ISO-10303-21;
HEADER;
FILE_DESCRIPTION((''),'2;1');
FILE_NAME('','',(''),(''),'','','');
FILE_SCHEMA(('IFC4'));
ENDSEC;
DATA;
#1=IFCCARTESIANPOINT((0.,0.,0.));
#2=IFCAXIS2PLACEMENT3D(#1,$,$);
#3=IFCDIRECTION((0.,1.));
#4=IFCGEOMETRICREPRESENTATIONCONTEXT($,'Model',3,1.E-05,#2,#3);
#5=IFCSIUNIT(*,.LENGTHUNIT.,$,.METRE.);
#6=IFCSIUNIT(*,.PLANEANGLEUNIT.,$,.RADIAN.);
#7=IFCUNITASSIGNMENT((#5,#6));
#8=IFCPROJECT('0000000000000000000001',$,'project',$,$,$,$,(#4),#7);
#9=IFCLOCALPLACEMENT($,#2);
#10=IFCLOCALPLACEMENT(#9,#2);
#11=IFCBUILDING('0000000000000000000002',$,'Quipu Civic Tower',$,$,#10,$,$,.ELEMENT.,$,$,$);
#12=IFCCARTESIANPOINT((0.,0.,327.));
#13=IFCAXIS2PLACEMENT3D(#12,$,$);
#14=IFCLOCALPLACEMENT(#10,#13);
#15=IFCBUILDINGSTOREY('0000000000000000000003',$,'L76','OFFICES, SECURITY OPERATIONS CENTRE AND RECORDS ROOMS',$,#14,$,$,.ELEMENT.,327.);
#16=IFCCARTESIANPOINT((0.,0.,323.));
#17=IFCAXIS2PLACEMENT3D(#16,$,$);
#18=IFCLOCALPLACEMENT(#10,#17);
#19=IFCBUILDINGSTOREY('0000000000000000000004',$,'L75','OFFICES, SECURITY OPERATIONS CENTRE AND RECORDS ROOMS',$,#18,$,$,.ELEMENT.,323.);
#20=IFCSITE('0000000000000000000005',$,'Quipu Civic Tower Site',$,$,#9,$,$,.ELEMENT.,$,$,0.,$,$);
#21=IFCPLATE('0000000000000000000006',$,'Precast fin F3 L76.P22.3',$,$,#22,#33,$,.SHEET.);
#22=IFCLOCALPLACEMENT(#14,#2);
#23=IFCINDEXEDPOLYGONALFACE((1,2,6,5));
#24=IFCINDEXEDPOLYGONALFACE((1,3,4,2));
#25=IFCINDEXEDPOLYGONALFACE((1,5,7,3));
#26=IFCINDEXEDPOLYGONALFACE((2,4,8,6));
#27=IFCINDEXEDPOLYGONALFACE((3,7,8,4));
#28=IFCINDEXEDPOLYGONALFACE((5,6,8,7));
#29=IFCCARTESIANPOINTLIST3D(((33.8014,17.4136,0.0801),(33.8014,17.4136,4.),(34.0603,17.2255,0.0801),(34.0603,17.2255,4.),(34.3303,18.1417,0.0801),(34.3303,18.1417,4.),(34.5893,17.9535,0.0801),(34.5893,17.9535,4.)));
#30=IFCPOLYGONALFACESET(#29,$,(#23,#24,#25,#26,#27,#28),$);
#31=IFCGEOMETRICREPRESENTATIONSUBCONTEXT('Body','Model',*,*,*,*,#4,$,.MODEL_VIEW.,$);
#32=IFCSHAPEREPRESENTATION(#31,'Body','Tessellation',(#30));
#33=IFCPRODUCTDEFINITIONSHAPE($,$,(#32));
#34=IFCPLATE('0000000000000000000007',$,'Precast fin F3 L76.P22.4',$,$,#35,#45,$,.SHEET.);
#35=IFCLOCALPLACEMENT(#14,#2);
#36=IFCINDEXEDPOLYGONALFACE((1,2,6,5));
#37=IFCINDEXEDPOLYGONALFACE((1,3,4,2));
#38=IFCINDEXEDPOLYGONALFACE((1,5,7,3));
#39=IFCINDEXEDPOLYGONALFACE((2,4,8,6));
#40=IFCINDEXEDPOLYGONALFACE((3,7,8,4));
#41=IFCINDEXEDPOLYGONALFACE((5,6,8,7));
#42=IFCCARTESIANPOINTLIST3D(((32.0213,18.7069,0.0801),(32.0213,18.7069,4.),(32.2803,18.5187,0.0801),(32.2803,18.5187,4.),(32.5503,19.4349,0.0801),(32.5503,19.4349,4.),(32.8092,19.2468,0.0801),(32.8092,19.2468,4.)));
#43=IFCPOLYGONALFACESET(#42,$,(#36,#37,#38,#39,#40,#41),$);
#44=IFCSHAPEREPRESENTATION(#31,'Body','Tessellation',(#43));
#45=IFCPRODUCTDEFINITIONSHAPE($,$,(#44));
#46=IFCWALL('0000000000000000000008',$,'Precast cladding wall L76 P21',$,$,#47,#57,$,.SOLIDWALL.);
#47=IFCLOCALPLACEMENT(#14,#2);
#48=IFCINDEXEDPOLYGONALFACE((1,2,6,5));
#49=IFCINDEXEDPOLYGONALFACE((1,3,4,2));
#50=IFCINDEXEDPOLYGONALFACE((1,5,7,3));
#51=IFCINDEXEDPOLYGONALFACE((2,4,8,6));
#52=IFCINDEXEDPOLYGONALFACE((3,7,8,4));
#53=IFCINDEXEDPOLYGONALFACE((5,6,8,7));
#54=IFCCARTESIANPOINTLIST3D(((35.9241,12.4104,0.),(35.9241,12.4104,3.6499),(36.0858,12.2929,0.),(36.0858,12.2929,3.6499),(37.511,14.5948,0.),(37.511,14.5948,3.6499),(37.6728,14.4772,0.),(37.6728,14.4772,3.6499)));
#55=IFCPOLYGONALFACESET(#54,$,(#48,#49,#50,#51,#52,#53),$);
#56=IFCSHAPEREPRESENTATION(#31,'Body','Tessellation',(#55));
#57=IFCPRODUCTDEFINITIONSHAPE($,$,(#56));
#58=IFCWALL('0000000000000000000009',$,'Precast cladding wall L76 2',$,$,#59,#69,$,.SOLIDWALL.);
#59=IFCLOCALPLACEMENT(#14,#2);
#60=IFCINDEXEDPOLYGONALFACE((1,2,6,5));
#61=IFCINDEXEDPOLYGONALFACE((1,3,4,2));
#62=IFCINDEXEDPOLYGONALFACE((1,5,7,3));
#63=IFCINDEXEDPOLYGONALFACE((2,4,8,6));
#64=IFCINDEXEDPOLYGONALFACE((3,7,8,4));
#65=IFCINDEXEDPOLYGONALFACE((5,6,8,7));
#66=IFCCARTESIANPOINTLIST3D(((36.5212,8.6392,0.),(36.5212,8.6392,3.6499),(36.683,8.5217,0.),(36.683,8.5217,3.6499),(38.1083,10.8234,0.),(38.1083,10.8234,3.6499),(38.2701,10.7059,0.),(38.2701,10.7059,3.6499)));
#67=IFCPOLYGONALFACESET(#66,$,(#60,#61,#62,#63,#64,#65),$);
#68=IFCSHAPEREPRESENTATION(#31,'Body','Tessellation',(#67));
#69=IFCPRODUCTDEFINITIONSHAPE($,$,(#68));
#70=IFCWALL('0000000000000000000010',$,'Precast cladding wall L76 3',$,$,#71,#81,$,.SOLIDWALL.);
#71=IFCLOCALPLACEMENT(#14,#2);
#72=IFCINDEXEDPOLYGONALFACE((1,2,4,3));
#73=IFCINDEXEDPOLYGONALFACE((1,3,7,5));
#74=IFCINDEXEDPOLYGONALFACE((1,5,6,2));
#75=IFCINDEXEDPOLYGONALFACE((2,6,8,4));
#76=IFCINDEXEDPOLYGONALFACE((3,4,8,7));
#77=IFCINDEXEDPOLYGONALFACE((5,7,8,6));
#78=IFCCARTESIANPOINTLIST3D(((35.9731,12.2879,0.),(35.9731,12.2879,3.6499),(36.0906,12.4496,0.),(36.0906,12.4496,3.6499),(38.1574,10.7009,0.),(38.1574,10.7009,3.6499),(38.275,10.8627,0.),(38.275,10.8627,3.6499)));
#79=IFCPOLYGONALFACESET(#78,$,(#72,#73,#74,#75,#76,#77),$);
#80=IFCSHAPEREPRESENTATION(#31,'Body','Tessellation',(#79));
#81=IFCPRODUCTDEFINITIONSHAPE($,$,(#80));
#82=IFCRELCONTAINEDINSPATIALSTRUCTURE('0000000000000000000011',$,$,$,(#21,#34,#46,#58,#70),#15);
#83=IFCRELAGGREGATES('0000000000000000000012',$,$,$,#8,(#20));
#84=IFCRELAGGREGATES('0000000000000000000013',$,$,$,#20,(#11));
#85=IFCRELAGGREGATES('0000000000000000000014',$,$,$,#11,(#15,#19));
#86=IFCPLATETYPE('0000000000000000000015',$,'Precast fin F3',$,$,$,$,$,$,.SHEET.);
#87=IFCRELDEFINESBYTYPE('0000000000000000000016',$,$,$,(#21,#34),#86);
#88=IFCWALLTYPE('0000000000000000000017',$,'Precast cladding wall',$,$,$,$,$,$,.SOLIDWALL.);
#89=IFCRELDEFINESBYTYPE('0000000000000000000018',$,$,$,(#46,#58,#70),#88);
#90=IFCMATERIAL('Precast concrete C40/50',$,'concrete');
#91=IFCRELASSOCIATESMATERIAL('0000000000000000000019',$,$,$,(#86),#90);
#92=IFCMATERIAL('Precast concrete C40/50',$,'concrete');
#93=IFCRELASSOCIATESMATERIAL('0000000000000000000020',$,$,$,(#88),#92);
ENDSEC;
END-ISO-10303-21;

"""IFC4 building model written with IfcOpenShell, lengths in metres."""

from ifc_helpers import new_model, si_unit, direction, frame, frame_2d, origin, origin_2d, place, context, subcontext, project, spatial, rectangle, extrude, material, type_object, element, save


model = new_model("IFC4")

# Units and contexts
model_context = context("Model", 3, precision=1e-05, world=origin(), true_north=direction((0.0, 1.0)))
body_context = subcontext(model_context, "Body", "Model", "MODEL_VIEW")
ifc_project = project(units=[si_unit("LENGTHUNIT", "METRE"), si_unit("PLANEANGLEUNIT", "RADIAN")], contexts=[model_context])

# Site, building, storey
site_placement = place(None, origin())
site = spatial("IfcSite", under=ifc_project, at=site_placement, Name="Quipu Civic Tower Site", CompositionType="ELEMENT", RefElevation=0.0)
building_placement = place(site_placement, origin())
building = spatial("IfcBuilding", under=site, at=building_placement, Name="Quipu Civic Tower", CompositionType="ELEMENT")
storey_1_placement = place(building_placement, frame((0.0, 0.0, 327.0)))
storey_1 = spatial("IfcBuildingStorey", under=building, at=storey_1_placement, Name="L76", Description="OFFICES, SECURITY OPERATIONS CENTRE AND RECORDS ROOMS", CompositionType="ELEMENT", Elevation=327.0)

# Shared definitions
storey_2_placement = place(building_placement, frame((0.0, 0.0, 323.0)))
storey_2 = spatial("IfcBuildingStorey", under=building, at=storey_2_placement, Name="L75", Description="OFFICES, SECURITY OPERATIONS CENTRE AND RECORDS ROOMS", CompositionType="ELEMENT", Elevation=323.0)

# Plates
ifc_material_1 = material(Name="Precast concrete C40/50", Category="concrete")
plate_type_1 = type_object("IfcPlateType", Name="Precast fin F3", PredefinedType="SHEET", material=ifc_material_1)
for number, where, z_axis, x_axis, name in (
    (1, (34.1953, 17.6836, 0.0801), (0.0, 0.0, 1.0), (-0.809017, 0.587785, 0.0), "Precast fin F3 L76.P22.3"),
    (2, (32.4153, 18.9768, 0.0801), (0.0, 0.0, 1.0), (-0.809017, 0.587785, 0.0), "Precast fin F3 L76.P22.4"),
):
    element("IfcPlate", number, at=place(storey_1_placement, frame(where, z_axis=z_axis, x_axis=x_axis)), inside=storey_1, type_object=plate_type_1, Name=name, PredefinedType="SHEET", context=body_context, shape_type="SweptSolid", body=[
        extrude(rectangle(XDim=0.3201, YDim=0.8999, at=origin_2d()), origin(), (0.0, 0.0, 1.0), 3.9199),
    ])

# Walls
ifc_material_2 = material(Name="Precast concrete C40/50", Category="concrete")
wall_type = type_object("IfcWallType", Name="Precast cladding wall", PredefinedType="SOLIDWALL", material=ifc_material_2)
for number, where, z_axis, x_axis, name in (
    (3, (36.0049, 12.3516, 0.0), (0.0, 0.0, 1.0), (0.587763, 0.809033, 0.0), "Precast cladding wall L76 P21"),
    (4, (36.6021, 8.5803, 0.0), (0.0, 0.0, 1.0), (0.587822, 0.80899, 0.0), "Precast cladding wall L76 2"),
    (5, (38.2163, 10.7817, 0.0), (0.0, 0.0, 1.0), (-0.809033, 0.587763, 0.0), "Precast cladding wall L76 3"),
):
    element("IfcWall", number, at=place(storey_1_placement, frame(where, z_axis=z_axis, x_axis=x_axis)), inside=storey_1, type_object=wall_type, Name=name, PredefinedType="SOLIDWALL", context=body_context, shape_type="SweptSolid", body=[
        extrude(rectangle(XDim=2.7, YDim=0.2, at=frame_2d((1.3501, 0.0))), origin(), (0.0, 0.0, 1.0), 3.6499),
    ])

save(model, "model.ifc")
